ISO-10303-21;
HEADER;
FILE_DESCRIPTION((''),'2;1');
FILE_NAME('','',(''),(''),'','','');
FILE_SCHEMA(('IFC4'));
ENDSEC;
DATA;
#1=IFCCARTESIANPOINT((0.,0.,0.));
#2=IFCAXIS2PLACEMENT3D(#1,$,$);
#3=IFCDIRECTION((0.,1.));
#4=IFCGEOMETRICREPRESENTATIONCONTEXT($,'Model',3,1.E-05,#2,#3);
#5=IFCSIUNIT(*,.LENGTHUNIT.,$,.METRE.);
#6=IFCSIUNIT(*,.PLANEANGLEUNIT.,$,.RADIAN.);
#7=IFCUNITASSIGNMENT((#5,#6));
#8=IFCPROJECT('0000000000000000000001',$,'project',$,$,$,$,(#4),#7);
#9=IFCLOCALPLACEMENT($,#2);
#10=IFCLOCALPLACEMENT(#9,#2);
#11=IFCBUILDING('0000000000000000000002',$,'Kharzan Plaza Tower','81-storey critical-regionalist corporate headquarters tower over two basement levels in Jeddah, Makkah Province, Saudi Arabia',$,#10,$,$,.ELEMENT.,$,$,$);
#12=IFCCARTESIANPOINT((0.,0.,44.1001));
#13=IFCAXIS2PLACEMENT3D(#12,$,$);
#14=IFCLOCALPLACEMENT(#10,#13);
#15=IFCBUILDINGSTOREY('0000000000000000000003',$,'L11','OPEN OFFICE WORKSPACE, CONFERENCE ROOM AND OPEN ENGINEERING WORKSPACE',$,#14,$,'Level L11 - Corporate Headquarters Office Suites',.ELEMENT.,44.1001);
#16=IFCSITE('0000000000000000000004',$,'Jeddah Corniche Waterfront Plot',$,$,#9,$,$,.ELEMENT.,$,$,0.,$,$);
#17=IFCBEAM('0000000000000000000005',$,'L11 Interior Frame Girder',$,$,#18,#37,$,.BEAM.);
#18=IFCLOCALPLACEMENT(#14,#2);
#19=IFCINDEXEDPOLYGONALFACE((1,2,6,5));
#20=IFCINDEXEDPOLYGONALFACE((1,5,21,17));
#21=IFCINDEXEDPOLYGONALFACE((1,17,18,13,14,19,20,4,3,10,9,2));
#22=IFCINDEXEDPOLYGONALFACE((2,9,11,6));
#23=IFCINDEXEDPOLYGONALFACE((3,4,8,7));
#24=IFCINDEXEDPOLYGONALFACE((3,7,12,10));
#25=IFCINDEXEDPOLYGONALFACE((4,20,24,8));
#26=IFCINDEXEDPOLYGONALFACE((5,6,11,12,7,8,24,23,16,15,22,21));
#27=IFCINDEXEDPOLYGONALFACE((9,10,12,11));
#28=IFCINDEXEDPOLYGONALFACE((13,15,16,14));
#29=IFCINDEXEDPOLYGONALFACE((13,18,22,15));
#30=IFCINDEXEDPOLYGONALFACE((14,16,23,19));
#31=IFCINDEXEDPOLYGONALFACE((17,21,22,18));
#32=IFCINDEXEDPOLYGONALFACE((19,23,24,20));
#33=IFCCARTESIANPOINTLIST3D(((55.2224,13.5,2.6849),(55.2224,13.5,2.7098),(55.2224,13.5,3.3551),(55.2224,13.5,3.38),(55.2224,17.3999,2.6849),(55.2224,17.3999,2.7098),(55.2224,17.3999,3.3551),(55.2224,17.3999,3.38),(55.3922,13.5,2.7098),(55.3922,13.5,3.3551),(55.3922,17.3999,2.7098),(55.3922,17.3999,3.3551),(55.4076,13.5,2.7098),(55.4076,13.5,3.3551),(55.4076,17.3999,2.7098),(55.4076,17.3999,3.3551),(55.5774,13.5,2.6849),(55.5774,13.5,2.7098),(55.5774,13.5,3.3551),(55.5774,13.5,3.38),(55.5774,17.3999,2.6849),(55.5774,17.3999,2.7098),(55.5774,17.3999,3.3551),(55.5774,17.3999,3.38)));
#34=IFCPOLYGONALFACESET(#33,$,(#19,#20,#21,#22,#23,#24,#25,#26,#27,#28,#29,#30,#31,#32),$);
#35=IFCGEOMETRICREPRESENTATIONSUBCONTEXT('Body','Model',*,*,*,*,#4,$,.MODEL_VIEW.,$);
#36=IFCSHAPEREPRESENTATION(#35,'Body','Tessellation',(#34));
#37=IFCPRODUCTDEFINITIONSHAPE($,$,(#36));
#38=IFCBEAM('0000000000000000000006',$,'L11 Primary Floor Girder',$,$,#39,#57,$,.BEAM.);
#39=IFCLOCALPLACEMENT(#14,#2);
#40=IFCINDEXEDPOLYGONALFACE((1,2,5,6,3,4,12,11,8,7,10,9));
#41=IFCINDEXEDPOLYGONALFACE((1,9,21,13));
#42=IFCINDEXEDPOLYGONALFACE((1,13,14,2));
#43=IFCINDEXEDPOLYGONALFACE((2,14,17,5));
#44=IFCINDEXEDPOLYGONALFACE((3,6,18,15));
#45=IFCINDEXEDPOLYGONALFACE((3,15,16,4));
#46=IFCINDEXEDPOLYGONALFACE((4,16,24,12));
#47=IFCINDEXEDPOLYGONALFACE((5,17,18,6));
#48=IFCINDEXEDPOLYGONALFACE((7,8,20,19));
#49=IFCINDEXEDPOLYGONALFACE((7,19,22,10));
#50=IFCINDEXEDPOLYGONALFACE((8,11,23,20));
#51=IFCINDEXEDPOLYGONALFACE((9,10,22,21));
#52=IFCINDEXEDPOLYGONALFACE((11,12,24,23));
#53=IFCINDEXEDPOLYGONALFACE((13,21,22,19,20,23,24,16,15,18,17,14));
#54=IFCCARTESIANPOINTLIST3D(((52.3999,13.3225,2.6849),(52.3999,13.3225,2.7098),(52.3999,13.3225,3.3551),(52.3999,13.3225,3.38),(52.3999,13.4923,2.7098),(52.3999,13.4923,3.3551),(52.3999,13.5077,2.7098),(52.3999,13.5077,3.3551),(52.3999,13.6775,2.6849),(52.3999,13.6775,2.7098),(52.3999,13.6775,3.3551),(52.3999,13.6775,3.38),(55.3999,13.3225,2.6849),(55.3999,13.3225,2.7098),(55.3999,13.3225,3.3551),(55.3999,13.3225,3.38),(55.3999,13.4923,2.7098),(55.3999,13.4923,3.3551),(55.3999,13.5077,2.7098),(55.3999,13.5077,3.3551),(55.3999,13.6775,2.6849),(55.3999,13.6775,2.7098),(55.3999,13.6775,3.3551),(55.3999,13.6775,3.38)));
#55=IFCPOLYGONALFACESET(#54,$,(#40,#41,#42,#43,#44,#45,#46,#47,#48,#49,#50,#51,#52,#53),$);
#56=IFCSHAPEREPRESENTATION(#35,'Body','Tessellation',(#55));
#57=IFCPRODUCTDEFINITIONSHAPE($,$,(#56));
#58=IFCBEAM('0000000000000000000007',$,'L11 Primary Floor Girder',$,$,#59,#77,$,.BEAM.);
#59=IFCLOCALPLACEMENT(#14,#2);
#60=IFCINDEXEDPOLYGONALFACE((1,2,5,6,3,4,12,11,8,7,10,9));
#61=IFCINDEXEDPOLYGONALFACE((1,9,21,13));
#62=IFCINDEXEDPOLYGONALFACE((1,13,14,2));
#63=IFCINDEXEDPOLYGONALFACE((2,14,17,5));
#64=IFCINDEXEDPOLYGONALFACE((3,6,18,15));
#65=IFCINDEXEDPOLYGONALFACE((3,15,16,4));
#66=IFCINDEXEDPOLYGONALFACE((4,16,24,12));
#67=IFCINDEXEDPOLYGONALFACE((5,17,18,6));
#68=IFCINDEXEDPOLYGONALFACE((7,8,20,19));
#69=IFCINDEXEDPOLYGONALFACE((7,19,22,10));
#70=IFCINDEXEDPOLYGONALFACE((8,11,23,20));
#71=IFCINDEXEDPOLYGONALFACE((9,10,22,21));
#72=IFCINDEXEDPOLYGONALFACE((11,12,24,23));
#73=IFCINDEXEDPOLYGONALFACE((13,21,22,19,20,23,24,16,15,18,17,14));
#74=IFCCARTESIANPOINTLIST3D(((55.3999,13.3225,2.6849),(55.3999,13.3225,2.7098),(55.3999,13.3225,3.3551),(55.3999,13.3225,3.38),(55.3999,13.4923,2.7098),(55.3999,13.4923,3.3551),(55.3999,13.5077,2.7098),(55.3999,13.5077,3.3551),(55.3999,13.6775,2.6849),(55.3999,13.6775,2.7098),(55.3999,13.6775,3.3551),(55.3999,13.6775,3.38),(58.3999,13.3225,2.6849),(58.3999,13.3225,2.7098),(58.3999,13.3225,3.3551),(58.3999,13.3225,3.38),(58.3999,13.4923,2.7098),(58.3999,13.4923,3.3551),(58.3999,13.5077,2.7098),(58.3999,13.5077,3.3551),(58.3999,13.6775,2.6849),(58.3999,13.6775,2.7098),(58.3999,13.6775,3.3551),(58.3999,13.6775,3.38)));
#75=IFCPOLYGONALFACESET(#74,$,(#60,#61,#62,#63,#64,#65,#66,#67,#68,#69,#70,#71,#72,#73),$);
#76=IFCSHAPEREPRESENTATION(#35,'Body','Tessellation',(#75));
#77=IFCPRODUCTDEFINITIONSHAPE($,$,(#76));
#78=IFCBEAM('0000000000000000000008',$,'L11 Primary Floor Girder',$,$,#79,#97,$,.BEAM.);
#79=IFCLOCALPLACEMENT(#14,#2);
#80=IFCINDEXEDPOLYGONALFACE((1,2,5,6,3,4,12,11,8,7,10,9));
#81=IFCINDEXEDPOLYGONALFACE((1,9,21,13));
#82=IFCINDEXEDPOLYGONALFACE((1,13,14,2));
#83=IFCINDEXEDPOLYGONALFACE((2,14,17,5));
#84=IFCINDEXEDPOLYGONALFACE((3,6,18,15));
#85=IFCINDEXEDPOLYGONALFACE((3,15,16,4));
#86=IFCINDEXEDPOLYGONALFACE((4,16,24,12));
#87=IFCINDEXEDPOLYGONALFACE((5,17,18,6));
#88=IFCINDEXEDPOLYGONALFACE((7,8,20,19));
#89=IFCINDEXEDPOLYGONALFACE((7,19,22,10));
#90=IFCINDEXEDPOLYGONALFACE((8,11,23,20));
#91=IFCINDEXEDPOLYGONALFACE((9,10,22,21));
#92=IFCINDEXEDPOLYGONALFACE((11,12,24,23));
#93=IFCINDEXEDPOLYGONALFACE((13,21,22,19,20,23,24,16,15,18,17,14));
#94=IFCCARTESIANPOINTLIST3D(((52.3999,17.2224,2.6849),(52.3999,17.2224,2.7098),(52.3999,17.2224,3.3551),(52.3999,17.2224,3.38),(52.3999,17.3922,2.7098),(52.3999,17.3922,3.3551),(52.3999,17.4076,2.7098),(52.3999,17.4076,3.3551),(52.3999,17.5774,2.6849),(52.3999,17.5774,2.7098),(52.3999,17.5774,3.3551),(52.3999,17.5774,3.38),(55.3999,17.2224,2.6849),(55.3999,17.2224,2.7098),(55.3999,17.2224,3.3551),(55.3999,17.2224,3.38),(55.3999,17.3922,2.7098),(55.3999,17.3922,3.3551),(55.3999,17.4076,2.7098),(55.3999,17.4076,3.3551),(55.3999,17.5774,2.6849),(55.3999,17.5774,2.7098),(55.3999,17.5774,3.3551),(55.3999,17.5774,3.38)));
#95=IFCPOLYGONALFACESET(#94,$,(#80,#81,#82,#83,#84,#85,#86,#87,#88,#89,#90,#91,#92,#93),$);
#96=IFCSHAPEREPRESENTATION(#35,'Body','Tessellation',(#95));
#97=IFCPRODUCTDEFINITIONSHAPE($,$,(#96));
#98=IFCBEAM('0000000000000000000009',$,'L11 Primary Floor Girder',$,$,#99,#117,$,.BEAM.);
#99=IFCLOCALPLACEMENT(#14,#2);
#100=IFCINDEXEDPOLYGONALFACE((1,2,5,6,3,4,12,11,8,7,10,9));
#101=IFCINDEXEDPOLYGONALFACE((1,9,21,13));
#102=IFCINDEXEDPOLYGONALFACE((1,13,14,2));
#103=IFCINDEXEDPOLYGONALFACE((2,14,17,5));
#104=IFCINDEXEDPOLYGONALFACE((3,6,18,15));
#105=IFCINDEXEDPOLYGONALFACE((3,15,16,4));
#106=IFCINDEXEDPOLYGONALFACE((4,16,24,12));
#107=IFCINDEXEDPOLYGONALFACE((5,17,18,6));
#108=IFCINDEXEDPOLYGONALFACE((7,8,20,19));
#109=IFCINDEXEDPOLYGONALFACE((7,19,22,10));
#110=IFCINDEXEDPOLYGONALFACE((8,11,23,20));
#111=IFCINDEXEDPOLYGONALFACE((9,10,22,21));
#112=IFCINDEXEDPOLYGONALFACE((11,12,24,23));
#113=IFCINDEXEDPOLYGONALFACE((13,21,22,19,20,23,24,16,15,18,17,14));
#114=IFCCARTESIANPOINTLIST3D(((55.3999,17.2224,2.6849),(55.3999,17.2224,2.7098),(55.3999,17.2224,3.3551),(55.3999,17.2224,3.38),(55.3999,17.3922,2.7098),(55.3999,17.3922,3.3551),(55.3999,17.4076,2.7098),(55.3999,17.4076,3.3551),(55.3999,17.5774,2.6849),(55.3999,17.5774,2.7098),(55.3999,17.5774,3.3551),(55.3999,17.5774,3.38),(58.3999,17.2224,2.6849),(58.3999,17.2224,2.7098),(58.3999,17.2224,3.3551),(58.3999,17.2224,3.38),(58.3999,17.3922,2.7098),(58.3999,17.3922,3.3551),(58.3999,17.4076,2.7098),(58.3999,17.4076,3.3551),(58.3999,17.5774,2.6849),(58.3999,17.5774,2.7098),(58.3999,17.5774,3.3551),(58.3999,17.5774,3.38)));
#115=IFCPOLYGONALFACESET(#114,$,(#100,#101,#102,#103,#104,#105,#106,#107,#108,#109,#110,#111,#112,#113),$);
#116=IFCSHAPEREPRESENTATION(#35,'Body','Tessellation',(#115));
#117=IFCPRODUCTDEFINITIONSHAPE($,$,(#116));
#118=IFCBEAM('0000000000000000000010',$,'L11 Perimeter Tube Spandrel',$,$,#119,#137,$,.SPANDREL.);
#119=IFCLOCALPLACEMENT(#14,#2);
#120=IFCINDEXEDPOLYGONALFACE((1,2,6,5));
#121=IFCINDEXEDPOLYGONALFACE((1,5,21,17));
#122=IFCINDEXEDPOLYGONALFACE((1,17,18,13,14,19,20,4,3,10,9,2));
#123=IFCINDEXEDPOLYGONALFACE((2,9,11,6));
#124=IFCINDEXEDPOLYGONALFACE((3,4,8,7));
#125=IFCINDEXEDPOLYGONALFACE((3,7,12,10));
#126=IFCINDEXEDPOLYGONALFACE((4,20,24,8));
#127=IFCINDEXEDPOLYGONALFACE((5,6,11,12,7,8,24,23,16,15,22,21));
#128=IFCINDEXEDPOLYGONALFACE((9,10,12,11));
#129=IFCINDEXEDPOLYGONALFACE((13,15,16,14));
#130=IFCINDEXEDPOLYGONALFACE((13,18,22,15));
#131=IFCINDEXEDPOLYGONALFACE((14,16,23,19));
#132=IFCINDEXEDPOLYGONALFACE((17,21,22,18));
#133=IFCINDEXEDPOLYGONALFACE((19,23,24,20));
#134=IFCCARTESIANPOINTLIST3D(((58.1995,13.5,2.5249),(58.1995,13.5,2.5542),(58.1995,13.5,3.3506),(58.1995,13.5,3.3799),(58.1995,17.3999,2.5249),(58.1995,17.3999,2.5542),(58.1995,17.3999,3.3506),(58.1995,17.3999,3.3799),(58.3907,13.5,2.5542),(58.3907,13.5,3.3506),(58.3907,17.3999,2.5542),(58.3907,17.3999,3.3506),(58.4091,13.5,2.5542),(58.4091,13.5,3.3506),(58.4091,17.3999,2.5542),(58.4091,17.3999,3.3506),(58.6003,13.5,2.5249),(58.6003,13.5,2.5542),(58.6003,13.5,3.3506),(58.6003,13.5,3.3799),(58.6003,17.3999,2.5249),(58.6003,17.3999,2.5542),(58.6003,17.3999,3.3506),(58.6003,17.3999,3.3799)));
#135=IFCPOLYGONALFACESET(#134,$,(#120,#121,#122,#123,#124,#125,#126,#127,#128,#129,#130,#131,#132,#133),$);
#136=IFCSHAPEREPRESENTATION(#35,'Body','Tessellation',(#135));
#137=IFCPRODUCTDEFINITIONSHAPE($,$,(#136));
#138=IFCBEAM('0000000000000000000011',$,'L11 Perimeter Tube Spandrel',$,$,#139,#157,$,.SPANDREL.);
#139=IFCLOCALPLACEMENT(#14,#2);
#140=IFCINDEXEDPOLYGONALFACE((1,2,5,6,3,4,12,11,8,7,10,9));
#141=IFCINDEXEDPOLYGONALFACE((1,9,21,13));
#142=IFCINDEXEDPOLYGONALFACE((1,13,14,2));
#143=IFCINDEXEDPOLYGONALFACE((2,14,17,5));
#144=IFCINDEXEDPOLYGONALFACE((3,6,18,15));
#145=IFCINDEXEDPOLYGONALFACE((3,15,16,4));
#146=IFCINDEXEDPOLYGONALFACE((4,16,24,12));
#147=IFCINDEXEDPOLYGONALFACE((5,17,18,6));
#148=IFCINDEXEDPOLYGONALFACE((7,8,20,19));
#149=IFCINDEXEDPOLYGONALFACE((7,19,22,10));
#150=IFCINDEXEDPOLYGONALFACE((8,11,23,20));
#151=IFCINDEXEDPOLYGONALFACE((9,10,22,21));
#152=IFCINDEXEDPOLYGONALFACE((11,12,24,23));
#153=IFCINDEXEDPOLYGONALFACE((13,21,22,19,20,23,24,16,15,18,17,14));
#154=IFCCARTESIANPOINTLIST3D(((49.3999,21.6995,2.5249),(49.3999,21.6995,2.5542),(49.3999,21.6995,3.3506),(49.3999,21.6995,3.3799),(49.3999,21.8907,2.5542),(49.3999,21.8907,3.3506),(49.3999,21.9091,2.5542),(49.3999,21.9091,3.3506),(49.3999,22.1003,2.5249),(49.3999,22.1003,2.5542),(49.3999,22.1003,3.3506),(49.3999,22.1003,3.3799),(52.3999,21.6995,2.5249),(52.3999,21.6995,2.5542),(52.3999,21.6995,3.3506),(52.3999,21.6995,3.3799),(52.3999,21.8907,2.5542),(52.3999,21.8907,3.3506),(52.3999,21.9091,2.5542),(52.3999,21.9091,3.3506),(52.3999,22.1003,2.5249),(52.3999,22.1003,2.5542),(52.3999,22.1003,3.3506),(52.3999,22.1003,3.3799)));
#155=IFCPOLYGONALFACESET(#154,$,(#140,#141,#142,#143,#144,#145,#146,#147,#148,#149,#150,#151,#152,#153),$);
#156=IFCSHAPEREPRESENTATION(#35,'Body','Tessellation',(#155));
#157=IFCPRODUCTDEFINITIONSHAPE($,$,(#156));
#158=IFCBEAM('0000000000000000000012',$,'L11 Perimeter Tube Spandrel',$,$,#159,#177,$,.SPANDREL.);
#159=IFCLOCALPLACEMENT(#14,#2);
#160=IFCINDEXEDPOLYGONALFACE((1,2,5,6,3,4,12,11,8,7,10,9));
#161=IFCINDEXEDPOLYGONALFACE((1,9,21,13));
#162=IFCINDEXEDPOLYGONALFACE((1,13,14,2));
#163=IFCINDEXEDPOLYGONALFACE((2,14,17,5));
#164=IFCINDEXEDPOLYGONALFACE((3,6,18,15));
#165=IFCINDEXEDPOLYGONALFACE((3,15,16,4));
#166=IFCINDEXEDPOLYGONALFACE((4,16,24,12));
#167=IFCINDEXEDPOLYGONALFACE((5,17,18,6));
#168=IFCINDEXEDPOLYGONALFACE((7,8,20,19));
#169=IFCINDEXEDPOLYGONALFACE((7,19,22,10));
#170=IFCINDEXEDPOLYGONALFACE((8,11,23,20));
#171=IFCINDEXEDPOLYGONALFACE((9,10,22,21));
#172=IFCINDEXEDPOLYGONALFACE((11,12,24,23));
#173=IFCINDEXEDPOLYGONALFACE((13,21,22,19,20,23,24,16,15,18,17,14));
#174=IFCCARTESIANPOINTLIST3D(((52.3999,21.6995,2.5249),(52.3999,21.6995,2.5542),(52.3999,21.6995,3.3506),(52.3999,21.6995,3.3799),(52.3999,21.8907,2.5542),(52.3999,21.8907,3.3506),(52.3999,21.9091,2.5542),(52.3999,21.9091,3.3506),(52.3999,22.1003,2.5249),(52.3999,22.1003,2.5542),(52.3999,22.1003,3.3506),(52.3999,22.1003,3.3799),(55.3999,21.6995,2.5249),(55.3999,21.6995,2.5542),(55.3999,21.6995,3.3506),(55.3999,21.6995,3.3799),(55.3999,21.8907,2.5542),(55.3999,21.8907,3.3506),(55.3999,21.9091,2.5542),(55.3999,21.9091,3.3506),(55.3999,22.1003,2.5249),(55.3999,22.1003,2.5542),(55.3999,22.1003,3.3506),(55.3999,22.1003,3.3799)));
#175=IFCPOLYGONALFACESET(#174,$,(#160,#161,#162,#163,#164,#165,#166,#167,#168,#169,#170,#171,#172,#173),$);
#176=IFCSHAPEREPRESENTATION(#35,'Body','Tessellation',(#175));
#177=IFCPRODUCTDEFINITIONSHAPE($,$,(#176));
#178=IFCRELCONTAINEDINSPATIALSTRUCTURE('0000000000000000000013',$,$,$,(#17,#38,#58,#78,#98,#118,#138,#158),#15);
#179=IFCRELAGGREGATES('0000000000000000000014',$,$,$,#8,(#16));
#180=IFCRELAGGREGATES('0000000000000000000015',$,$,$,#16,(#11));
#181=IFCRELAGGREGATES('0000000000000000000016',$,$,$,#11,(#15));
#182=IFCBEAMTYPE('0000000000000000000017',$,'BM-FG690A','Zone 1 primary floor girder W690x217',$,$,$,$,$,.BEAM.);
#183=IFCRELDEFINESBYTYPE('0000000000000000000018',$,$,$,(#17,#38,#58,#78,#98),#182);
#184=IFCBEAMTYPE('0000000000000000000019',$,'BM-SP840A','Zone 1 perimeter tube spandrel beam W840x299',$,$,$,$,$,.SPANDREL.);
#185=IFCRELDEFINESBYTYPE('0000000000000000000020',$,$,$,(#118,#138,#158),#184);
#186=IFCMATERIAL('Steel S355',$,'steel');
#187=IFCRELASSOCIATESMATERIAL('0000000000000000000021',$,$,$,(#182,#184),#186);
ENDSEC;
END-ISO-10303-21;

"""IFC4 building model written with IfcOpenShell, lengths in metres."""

from ifc_helpers import new_model, si_unit, direction, frame, origin, origin_2d, place, context, subcontext, project, spatial, i_section, extrude, source, transform, mapped, material, material_profile, profile_set, type_object, element, save


model = new_model("IFC4")

# Units and contexts
model_context = context("Model", 3, precision=1e-05, world=origin(), true_north=direction((0.0, 1.0)))
body_context = subcontext(model_context, "Body", "Model", "MODEL_VIEW")
ifc_project = project(units=[si_unit("LENGTHUNIT", "METRE"), si_unit("PLANEANGLEUNIT", "RADIAN")], contexts=[model_context])

# Site, building, storey
site_placement = place(None, origin())
site = spatial("IfcSite", under=ifc_project, at=site_placement, Name="Jeddah Corniche Waterfront Plot", CompositionType="ELEMENT", RefElevation=0.0)
building_placement = place(site_placement, origin())
building = spatial("IfcBuilding", under=site, at=building_placement, Name="Kharzan Plaza Tower", Description="81-storey critical-regionalist corporate headquarters tower over two basement levels in Jeddah, Makkah Province, Saudi Arabia", CompositionType="ELEMENT")
storey_placement = place(building_placement, frame((0.0, 0.0, 44.1001)))
storey = spatial("IfcBuildingStorey", under=building, at=storey_placement, Name="L11", Description="OPEN OFFICE WORKSPACE, CONFERENCE ROOM AND OPEN ENGINEERING WORKSPACE", LongName="Level L11 - Corporate Headquarters Office Suites", CompositionType="ELEMENT", Elevation=44.1001)

# Beams
ifc_material_1 = material(Name="Steel S355", Category="steel")
ifc_material_profile_1 = material_profile(ifc_material_1, i_section(OverallWidth=0.355, OverallDepth=0.6951, WebThickness=0.0154, FlangeThickness=0.0249, at=origin_2d()), Name="W690x217")
ifc_profile_set_1 = profile_set([ifc_material_profile_1], Name="Steel S355")
beam_type_1 = type_object("IfcBeamType", Name="BM-FG690A", Description="Zone 1 primary floor girder W690x217", PredefinedType="BEAM", material=ifc_profile_set_1)
shared_shape_1 = source(origin(), body_context, "Body", "SweptSolid", [
    extrude(i_section(OverallWidth=0.355, OverallDepth=0.6951, WebThickness=0.0154, FlangeThickness=0.0249, at=origin_2d()), origin(), (0.0, 0.0, 1.0), 3.8999),
])
for number, where, z_axis, x_axis, name in (
    (1, (55.3999, 13.5, 3.0325), (0.0, 1.0, 0.0), (-1.0, 0.0, 0.0), "L11 Interior Frame Girder"),
):
    element("IfcBeam", number, at=place(storey_placement, frame(where, z_axis=z_axis, x_axis=x_axis)), inside=storey, type_object=beam_type_1, Name=name, PredefinedType="BEAM", context=body_context, shape_type="MappedRepresentation", body=[
        mapped(shared_shape_1, transform((0.0, 0.0, 0.0), x_axis=(1.0, 0.0, 0.0), y_axis=(0.0, 1.0, 0.0), z_axis=(0.0, 0.0, 1.0))),
    ])
shared_shape_2 = source(origin(), body_context, "Body", "SweptSolid", [
    extrude(i_section(OverallWidth=0.355, OverallDepth=0.6951, WebThickness=0.0154, FlangeThickness=0.0249, at=origin_2d()), origin(), (0.0, 0.0, 1.0), 3.0),
])
for number, where, z_axis, x_axis, name in (
    (2, (52.3999, 13.5, 3.0325), (1.0, 0.0, 0.0), (0.0, 1.0, 0.0), "L11 Primary Floor Girder"),
    (3, (55.3999, 13.5, 3.0325), (1.0, 0.0, 0.0), (0.0, 1.0, 0.0), "L11 Primary Floor Girder"),
    (4, (52.3999, 17.3999, 3.0325), (1.0, 0.0, 0.0), (0.0, 1.0, 0.0), "L11 Primary Floor Girder"),
    (5, (55.3999, 17.3999, 3.0325), (1.0, 0.0, 0.0), (0.0, 1.0, 0.0), "L11 Primary Floor Girder"),
):
    element("IfcBeam", number, at=place(storey_placement, frame(where, z_axis=z_axis, x_axis=x_axis)), inside=storey, type_object=beam_type_1, Name=name, PredefinedType="BEAM", context=body_context, shape_type="MappedRepresentation", body=[
        mapped(shared_shape_2, transform((0.0, 0.0, 0.0), x_axis=(1.0, 0.0, 0.0), y_axis=(0.0, 1.0, 0.0), z_axis=(0.0, 0.0, 1.0))),
    ])
ifc_material_profile_2 = material_profile(ifc_material_1, i_section(OverallWidth=0.4009, OverallDepth=0.855, WebThickness=0.0183, FlangeThickness=0.0293, at=origin_2d()), Name="W840x299")
ifc_profile_set_2 = profile_set([ifc_material_profile_2], Name="Steel S355")
beam_type_2 = type_object("IfcBeamType", Name="BM-SP840A", Description="Zone 1 perimeter tube spandrel beam W840x299", PredefinedType="SPANDREL", material=ifc_profile_set_2)
shared_shape_3 = source(origin(), body_context, "Body", "SweptSolid", [
    extrude(i_section(OverallWidth=0.4009, OverallDepth=0.855, WebThickness=0.0183, FlangeThickness=0.0293, at=origin_2d()), origin(), (0.0, 0.0, 1.0), 3.8999),
])
beam_placement = place(storey_placement, frame((58.3999, 13.5, 2.9524), z_axis=(0.0, 1.0, 0.0), x_axis=(-1.0, 0.0, 0.0)))
element("IfcBeam", 6, at=beam_placement, inside=storey, type_object=beam_type_2, Name="L11 Perimeter Tube Spandrel", PredefinedType="SPANDREL", context=body_context, shape_type="MappedRepresentation", body=[
    mapped(shared_shape_3, transform((0.0, 0.0, 0.0), x_axis=(1.0, 0.0, 0.0), y_axis=(0.0, 1.0, 0.0), z_axis=(0.0, 0.0, 1.0))),
])
shared_shape_4 = source(origin(), body_context, "Body", "SweptSolid", [
    extrude(i_section(OverallWidth=0.4009, OverallDepth=0.855, WebThickness=0.0183, FlangeThickness=0.0293, at=origin_2d()), origin(), (0.0, 0.0, 1.0), 3.0),
])
for number, where, z_axis, x_axis, name in (
    (7, (49.3999, 21.8999, 2.9524), (1.0, 0.0, 0.0), (0.0, 1.0, 0.0), "L11 Perimeter Tube Spandrel"),
    (8, (52.3999, 21.8999, 2.9524), (1.0, 0.0, 0.0), (0.0, 1.0, 0.0), "L11 Perimeter Tube Spandrel"),
):
    element("IfcBeam", number, at=place(storey_placement, frame(where, z_axis=z_axis, x_axis=x_axis)), inside=storey, type_object=beam_type_2, Name=name, PredefinedType="SPANDREL", context=body_context, shape_type="MappedRepresentation", body=[
        mapped(shared_shape_4, transform((0.0, 0.0, 0.0), x_axis=(1.0, 0.0, 0.0), y_axis=(0.0, 1.0, 0.0), z_axis=(0.0, 0.0, 1.0))),
    ])

save(model, "model.ifc")
